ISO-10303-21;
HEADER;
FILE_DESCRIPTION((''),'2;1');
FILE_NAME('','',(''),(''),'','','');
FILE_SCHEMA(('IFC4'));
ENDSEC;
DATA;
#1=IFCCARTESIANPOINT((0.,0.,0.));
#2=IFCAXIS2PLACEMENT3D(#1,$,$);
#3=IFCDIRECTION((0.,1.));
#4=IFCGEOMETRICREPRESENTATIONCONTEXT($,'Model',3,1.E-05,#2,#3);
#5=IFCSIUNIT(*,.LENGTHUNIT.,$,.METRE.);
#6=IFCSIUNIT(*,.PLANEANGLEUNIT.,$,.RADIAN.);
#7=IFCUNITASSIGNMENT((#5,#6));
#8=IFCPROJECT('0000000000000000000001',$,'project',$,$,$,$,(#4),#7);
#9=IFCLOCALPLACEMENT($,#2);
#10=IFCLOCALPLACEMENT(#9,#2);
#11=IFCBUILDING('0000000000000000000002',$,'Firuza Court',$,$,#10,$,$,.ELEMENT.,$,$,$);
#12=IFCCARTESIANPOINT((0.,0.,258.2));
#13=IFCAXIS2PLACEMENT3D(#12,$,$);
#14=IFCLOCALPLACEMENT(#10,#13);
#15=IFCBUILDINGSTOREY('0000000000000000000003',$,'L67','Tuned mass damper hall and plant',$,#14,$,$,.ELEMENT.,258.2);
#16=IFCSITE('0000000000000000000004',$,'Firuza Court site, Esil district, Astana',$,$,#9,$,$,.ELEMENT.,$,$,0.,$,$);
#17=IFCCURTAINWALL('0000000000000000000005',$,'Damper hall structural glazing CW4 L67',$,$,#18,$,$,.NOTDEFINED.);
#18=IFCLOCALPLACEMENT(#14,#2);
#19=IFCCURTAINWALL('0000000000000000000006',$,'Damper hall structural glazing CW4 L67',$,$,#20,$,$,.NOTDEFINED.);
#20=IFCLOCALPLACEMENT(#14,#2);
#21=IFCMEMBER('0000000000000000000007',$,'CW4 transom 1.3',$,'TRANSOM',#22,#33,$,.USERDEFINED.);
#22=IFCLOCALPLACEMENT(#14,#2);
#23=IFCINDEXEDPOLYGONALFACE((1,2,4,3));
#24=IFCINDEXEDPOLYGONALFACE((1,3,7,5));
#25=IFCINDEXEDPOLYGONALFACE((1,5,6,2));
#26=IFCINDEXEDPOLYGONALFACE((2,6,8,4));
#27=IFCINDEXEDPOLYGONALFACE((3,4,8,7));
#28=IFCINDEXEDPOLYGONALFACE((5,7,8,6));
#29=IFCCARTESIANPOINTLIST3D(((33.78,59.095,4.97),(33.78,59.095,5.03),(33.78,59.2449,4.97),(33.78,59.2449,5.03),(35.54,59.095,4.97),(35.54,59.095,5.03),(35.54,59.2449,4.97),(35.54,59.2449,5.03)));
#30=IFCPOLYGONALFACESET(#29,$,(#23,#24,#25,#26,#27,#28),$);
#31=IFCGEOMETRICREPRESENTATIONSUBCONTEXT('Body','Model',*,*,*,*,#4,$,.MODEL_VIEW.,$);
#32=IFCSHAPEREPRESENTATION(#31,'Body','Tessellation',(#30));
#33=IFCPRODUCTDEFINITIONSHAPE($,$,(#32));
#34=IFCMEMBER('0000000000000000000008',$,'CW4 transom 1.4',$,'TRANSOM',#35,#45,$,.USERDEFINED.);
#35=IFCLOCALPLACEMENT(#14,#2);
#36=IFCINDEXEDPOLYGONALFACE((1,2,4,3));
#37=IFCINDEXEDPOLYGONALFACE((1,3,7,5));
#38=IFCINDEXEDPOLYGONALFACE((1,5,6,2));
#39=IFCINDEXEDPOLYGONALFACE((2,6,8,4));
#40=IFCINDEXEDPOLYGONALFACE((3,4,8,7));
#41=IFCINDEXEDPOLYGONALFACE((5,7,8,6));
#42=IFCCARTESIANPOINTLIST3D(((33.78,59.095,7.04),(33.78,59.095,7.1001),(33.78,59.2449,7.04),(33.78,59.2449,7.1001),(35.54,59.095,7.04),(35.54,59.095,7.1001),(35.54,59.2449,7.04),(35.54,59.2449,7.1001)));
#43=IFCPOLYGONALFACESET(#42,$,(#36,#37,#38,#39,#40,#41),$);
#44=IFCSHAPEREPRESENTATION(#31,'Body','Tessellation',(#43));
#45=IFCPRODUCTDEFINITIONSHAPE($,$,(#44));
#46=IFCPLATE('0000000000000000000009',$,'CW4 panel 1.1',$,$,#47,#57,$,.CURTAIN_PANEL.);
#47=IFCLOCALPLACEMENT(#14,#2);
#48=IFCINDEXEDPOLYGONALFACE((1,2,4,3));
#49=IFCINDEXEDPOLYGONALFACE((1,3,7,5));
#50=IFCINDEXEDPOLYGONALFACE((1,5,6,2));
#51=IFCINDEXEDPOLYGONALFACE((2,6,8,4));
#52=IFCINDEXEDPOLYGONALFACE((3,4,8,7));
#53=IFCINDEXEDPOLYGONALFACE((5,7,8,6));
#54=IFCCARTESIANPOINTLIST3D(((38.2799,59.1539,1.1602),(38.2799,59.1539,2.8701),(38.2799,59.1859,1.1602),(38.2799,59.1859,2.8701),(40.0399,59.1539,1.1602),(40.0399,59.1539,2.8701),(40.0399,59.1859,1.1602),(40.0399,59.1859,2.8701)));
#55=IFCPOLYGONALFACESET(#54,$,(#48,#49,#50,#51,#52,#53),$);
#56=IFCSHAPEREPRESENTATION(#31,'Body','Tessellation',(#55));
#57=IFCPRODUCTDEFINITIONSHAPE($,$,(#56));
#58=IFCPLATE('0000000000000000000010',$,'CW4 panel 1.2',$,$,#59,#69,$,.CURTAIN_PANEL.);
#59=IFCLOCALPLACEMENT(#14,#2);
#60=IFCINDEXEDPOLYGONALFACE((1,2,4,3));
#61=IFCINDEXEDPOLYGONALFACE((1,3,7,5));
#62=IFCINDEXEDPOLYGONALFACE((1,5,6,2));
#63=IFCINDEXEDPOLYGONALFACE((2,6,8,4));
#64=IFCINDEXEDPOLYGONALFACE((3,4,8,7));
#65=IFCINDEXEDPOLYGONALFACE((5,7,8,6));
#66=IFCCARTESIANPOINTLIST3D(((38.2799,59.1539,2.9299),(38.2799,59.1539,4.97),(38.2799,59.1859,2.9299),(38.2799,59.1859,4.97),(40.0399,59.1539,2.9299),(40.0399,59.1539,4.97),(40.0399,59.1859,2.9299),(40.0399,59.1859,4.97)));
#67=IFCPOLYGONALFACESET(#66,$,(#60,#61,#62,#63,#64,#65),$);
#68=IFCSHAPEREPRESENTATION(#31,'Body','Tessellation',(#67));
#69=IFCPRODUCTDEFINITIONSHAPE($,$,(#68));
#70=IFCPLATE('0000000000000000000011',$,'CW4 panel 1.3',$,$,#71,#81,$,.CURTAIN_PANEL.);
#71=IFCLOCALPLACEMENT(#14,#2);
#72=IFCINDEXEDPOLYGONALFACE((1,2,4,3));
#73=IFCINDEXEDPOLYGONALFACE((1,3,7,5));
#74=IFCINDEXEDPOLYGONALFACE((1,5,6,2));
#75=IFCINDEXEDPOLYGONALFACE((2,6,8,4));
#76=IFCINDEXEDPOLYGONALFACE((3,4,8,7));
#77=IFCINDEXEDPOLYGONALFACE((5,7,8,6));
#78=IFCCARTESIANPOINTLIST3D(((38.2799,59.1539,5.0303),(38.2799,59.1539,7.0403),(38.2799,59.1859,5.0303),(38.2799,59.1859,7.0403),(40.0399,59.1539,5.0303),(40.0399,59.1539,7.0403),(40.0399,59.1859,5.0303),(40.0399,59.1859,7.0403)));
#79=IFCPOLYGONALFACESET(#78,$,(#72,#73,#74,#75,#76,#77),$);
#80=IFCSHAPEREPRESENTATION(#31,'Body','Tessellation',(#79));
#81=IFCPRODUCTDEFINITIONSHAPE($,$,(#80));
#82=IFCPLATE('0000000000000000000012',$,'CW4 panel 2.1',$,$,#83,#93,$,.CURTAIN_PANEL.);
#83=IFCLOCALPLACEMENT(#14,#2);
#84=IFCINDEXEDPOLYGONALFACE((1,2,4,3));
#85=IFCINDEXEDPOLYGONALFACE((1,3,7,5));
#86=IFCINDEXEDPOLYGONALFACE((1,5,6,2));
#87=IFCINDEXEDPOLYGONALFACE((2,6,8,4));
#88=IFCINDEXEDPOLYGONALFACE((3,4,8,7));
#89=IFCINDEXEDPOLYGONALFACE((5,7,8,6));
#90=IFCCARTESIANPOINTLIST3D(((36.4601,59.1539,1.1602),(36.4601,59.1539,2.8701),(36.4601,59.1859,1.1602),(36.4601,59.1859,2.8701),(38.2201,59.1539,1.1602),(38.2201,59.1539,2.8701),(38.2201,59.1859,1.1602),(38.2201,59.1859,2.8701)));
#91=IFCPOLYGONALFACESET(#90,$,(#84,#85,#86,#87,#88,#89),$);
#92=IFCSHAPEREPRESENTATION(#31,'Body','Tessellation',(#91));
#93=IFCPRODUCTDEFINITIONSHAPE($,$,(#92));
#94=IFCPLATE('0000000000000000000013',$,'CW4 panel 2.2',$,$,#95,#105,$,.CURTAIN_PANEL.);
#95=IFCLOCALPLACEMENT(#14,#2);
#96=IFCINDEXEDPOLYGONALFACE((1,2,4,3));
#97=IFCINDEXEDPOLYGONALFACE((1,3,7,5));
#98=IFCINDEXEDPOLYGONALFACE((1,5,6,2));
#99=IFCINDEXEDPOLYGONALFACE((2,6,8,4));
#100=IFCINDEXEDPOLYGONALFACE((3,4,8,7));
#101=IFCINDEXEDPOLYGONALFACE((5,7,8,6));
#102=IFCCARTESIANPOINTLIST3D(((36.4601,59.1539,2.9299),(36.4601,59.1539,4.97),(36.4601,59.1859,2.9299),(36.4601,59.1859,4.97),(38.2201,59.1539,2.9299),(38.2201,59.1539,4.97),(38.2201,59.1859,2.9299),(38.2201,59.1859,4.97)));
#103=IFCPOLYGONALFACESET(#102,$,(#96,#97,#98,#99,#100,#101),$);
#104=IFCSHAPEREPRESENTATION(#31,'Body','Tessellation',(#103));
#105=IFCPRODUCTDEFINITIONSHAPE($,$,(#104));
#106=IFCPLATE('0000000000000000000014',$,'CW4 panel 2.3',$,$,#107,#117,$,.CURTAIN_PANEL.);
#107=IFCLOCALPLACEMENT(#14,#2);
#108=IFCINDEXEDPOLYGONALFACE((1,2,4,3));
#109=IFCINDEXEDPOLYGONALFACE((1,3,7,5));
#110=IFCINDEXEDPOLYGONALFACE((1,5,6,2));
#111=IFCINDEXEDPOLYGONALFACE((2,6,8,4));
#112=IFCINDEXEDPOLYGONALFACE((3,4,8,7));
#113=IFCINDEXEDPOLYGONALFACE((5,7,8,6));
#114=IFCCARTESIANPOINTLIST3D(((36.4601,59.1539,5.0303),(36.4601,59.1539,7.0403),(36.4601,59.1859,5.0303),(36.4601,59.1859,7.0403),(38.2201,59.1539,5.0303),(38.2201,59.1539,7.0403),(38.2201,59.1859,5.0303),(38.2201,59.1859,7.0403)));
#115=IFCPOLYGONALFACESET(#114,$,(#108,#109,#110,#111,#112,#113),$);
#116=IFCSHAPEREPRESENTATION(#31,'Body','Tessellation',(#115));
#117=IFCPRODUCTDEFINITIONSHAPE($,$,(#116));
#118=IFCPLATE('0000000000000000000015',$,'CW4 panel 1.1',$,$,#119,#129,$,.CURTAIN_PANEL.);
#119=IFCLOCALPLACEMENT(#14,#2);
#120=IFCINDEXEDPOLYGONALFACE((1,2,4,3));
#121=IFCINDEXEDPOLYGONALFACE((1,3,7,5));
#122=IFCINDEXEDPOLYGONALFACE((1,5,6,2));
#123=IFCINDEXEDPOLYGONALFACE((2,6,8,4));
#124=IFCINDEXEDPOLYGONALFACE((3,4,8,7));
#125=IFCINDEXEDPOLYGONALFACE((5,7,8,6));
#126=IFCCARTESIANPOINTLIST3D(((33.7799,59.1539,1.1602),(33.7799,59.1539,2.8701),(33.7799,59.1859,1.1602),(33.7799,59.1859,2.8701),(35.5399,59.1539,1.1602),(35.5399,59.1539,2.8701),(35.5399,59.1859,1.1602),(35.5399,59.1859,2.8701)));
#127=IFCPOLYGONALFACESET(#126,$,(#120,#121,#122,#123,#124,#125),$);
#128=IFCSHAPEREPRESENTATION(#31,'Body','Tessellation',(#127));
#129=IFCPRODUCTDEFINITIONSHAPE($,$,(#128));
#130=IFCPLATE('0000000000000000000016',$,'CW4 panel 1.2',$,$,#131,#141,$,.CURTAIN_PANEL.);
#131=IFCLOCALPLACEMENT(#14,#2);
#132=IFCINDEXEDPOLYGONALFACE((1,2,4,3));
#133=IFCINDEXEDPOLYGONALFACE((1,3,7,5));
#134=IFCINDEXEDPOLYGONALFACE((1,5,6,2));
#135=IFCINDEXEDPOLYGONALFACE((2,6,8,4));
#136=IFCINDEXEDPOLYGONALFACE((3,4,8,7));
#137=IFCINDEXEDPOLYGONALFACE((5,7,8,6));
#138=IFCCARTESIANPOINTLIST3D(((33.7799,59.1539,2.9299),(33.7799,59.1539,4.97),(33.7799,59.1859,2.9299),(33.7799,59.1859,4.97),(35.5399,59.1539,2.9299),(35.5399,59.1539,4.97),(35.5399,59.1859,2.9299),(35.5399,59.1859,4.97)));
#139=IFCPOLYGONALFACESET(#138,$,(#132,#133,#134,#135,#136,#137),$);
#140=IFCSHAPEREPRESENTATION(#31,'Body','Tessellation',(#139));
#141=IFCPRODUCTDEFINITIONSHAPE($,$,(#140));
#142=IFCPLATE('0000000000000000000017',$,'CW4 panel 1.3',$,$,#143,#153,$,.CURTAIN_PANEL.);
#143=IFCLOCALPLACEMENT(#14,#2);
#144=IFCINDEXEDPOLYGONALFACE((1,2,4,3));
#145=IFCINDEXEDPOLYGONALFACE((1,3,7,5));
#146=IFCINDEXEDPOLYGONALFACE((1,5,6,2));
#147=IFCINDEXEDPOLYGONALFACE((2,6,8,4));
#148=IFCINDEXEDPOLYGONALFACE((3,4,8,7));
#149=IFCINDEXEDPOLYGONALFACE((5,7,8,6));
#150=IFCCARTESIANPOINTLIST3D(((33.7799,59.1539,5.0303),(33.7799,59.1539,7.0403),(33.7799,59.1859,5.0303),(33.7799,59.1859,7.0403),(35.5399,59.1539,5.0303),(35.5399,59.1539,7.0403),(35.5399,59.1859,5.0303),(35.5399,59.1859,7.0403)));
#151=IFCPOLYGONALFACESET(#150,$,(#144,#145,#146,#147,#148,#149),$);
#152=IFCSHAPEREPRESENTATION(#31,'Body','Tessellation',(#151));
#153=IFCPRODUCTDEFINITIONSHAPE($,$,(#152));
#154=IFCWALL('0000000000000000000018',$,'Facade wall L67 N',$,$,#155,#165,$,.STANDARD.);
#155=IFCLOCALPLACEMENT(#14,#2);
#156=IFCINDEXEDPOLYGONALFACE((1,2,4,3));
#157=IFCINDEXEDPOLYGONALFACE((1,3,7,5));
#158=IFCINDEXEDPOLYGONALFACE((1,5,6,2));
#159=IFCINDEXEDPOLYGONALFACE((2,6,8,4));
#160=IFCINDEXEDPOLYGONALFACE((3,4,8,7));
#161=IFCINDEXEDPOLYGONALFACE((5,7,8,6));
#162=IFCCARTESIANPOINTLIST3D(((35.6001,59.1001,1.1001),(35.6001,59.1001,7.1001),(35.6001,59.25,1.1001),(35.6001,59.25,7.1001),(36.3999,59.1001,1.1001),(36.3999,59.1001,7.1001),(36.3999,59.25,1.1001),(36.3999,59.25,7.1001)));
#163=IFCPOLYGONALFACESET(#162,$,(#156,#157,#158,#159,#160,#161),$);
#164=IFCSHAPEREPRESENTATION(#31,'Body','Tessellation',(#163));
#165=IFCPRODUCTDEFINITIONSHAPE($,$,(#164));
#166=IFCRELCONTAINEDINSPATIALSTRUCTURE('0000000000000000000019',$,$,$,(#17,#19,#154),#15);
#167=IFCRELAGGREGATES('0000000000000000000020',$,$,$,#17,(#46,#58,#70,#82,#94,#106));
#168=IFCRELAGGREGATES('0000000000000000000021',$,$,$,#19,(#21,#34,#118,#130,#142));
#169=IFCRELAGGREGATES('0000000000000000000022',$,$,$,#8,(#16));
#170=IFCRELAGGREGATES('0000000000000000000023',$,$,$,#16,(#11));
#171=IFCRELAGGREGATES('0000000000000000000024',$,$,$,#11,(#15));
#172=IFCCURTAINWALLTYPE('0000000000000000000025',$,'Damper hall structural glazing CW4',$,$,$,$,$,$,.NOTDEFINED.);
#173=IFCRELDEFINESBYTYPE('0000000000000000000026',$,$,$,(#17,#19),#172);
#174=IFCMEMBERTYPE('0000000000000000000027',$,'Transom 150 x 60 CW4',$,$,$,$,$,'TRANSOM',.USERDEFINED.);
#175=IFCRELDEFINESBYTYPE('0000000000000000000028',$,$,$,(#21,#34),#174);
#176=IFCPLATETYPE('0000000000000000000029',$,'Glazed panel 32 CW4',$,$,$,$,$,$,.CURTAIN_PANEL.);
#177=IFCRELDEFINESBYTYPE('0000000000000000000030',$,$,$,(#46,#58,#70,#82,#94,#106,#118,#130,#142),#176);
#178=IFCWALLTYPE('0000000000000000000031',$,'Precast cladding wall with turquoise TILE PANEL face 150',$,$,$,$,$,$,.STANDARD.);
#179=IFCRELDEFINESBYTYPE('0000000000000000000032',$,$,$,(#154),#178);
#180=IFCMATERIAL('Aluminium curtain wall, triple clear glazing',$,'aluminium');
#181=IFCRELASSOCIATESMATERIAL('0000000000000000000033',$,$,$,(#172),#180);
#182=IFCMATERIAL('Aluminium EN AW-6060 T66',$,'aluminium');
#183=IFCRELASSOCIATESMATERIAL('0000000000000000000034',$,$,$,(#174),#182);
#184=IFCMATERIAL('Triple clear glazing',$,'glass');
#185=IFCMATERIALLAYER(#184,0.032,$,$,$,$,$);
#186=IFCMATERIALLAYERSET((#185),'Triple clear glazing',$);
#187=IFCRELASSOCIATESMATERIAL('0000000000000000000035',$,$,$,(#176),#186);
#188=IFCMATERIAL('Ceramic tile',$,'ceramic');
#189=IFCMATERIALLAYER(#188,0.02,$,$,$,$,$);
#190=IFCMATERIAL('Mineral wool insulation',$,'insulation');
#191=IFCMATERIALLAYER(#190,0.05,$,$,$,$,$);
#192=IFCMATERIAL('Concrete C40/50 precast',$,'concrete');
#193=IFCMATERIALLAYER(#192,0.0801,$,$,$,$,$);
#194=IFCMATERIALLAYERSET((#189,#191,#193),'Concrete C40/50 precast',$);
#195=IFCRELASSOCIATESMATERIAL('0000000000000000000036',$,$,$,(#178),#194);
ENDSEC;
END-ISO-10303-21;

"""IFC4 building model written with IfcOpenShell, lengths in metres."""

from ifc_helpers import new_model, si_unit, direction, frame, frame_2d, origin, origin_2d, place, context, subcontext, project, spatial, rectangle, extrude, material, layer, layer_set, material_profile, profile_set, type_object, element, aggregate, save


model = new_model("IFC4")

# Units and contexts
model_context = context("Model", 3, precision=1e-05, world=origin(), true_north=direction((0.0, 1.0)))
body_context = subcontext(model_context, "Body", "Model", "MODEL_VIEW")
ifc_project = project(units=[si_unit("LENGTHUNIT", "METRE"), si_unit("PLANEANGLEUNIT", "RADIAN")], contexts=[model_context])

# Site, building, storey
site_placement = place(None, origin())
site = spatial("IfcSite", under=ifc_project, at=site_placement, Name="Firuza Court site, Esil district, Astana", CompositionType="ELEMENT", RefElevation=0.0)
building_placement = place(site_placement, origin())
building = spatial("IfcBuilding", under=site, at=building_placement, Name="Firuza Court", CompositionType="ELEMENT")
storey_placement = place(building_placement, frame((0.0, 0.0, 258.2)))
storey = spatial("IfcBuildingStorey", under=building, at=storey_placement, Name="L67", Description="Tuned mass damper hall and plant", CompositionType="ELEMENT", Elevation=258.2)

# Curtain walls
ifc_material_1 = material(Name="Aluminium curtain wall, triple clear glazing", Category="aluminium")
curtain_wall_type = type_object("IfcCurtainWallType", Name="Damper hall structural glazing CW4", PredefinedType="NOTDEFINED", material=ifc_material_1)
curtain_wall_1_placement = place(storey_placement, origin())
curtain_wall_1 = element("IfcCurtainWall", 1, at=curtain_wall_1_placement, inside=storey, type_object=curtain_wall_type, Name="Damper hall structural glazing CW4 L67", PredefinedType="NOTDEFINED")
curtain_wall_2_placement = place(storey_placement, origin())
curtain_wall_2 = element("IfcCurtainWall", 2, at=curtain_wall_2_placement, inside=storey, type_object=curtain_wall_type, Name="Damper hall structural glazing CW4 L67", PredefinedType="NOTDEFINED")

# Members
ifc_material_2 = material(Name="Aluminium EN AW-6060 T66", Category="aluminium")
ifc_material_profile_1 = material_profile(ifc_material_2, rectangle(XDim=0.1499, YDim=0.0601, at=origin_2d()), Name="Transom 150 x 60 CW4")
ifc_profile_set_1 = profile_set([ifc_material_profile_1], Name="Aluminium EN AW-6060 T66")
member_type_1 = type_object("IfcMemberType", Name="Transom 150 x 60 CW4", ElementType="TRANSOM", PredefinedType="USERDEFINED", material=ifc_profile_set_1)
member_1_placement = place(storey_placement, frame((35.54, 59.1699, 5.0), z_axis=(-1.0, 0.0, 0.0), x_axis=(0.0, -1.0, 0.0)))
member_1 = element("IfcMember", 3, at=member_1_placement, type_object=member_type_1, Name="CW4 transom 1.3", ObjectType="TRANSOM", PredefinedType="USERDEFINED", context=body_context, shape_type="SweptSolid", body=[
    extrude(rectangle(XDim=0.1499, YDim=0.0601, at=origin_2d()), origin(), (0.0, 0.0, 1.0), 1.76),
])
member_2_placement = place(storey_placement, frame((35.54, 59.1699, 7.0701), z_axis=(-1.0, 0.0, 0.0), x_axis=(0.0, -1.0, 0.0)))
member_2 = element("IfcMember", 4, at=member_2_placement, type_object=member_type_1, Name="CW4 transom 1.4", ObjectType="TRANSOM", PredefinedType="USERDEFINED", context=body_context, shape_type="SweptSolid", body=[
    extrude(rectangle(XDim=0.1499, YDim=0.0601, at=origin_2d()), origin(), (0.0, 0.0, 1.0), 1.76),
])

# Plates
ifc_material_3 = material(Name="Triple clear glazing", Category="glass")
ifc_layer_1 = layer(ifc_material_3, 0.032)
ifc_layer_set_1 = layer_set([ifc_layer_1], Name="Triple clear glazing")
plate_type = type_object("IfcPlateType", Name="Glazed panel 32 CW4", PredefinedType="CURTAIN_PANEL", material=ifc_layer_set_1)
plate_1_placement = place(storey_placement, frame((39.1599, 59.1699, 1.1602), z_axis=(0.0, 0.0, 1.0), x_axis=(-1.0, 0.0, 0.0)))
plate_1 = element("IfcPlate", 5, at=plate_1_placement, type_object=plate_type, Name="CW4 panel 1.1", PredefinedType="CURTAIN_PANEL", context=body_context, shape_type="SweptSolid", body=[
    extrude(rectangle(XDim=1.76, YDim=0.032, at=origin_2d()), origin(), (0.0, 0.0, 1.0), 1.71),
])
plate_2_placement = place(storey_placement, frame((39.1599, 59.1699, 2.9299), z_axis=(0.0, 0.0, 1.0), x_axis=(-1.0, 0.0, 0.0)))
plate_2 = element("IfcPlate", 6, at=plate_2_placement, type_object=plate_type, Name="CW4 panel 1.2", PredefinedType="CURTAIN_PANEL", context=body_context, shape_type="SweptSolid", body=[
    extrude(rectangle(XDim=1.76, YDim=0.032, at=origin_2d()), origin(), (0.0, 0.0, 1.0), 2.04),
])
plate_3_placement = place(storey_placement, frame((39.1599, 59.1699, 5.0303), z_axis=(0.0, 0.0, 1.0), x_axis=(-1.0, 0.0, 0.0)))
plate_3 = element("IfcPlate", 7, at=plate_3_placement, type_object=plate_type, Name="CW4 panel 1.3", PredefinedType="CURTAIN_PANEL", context=body_context, shape_type="SweptSolid", body=[
    extrude(rectangle(XDim=1.76, YDim=0.032, at=origin_2d()), origin(), (0.0, 0.0, 1.0), 2.01),
])
plate_4_placement = place(storey_placement, frame((37.3401, 59.1699, 1.1602), z_axis=(0.0, 0.0, 1.0), x_axis=(-1.0, 0.0, 0.0)))
plate_4 = element("IfcPlate", 8, at=plate_4_placement, type_object=plate_type, Name="CW4 panel 2.1", PredefinedType="CURTAIN_PANEL", context=body_context, shape_type="SweptSolid", body=[
    extrude(rectangle(XDim=1.76, YDim=0.032, at=origin_2d()), origin(), (0.0, 0.0, 1.0), 1.71),
])
plate_5_placement = place(storey_placement, frame((37.3401, 59.1699, 2.9299), z_axis=(0.0, 0.0, 1.0), x_axis=(-1.0, 0.0, 0.0)))
plate_5 = element("IfcPlate", 9, at=plate_5_placement, type_object=plate_type, Name="CW4 panel 2.2", PredefinedType="CURTAIN_PANEL", context=body_context, shape_type="SweptSolid", body=[
    extrude(rectangle(XDim=1.76, YDim=0.032, at=origin_2d()), origin(), (0.0, 0.0, 1.0), 2.04),
])
plate_6_placement = place(storey_placement, frame((37.3401, 59.1699, 5.0303), z_axis=(0.0, 0.0, 1.0), x_axis=(-1.0, 0.0, 0.0)))
plate_6 = element("IfcPlate", 10, at=plate_6_placement, type_object=plate_type, Name="CW4 panel 2.3", PredefinedType="CURTAIN_PANEL", context=body_context, shape_type="SweptSolid", body=[
    extrude(rectangle(XDim=1.76, YDim=0.032, at=origin_2d()), origin(), (0.0, 0.0, 1.0), 2.01),
])
aggregate(curtain_wall_1, [plate_1, plate_2, plate_3, plate_4, plate_5, plate_6])
plate_7_placement = place(storey_placement, frame((34.6599, 59.1699, 1.1602), z_axis=(0.0, 0.0, 1.0), x_axis=(-1.0, 0.0, 0.0)))
plate_7 = element("IfcPlate", 11, at=plate_7_placement, type_object=plate_type, Name="CW4 panel 1.1", PredefinedType="CURTAIN_PANEL", context=body_context, shape_type="SweptSolid", body=[
    extrude(rectangle(XDim=1.76, YDim=0.032, at=origin_2d()), origin(), (0.0, 0.0, 1.0), 1.71),
])
plate_8_placement = place(storey_placement, frame((34.6599, 59.1699, 2.9299), z_axis=(0.0, 0.0, 1.0), x_axis=(-1.0, 0.0, 0.0)))
plate_8 = element("IfcPlate", 12, at=plate_8_placement, type_object=plate_type, Name="CW4 panel 1.2", PredefinedType="CURTAIN_PANEL", context=body_context, shape_type="SweptSolid", body=[
    extrude(rectangle(XDim=1.76, YDim=0.032, at=origin_2d()), origin(), (0.0, 0.0, 1.0), 2.04),
])
plate_9_placement = place(storey_placement, frame((34.6599, 59.1699, 5.0303), z_axis=(0.0, 0.0, 1.0), x_axis=(-1.0, 0.0, 0.0)))
plate_9 = element("IfcPlate", 13, at=plate_9_placement, type_object=plate_type, Name="CW4 panel 1.3", PredefinedType="CURTAIN_PANEL", context=body_context, shape_type="SweptSolid", body=[
    extrude(rectangle(XDim=1.76, YDim=0.032, at=origin_2d()), origin(), (0.0, 0.0, 1.0), 2.01),
])
aggregate(curtain_wall_2, [member_1, member_2, plate_7, plate_8, plate_9])

# Wall
ifc_material_4 = material(Name="Ceramic tile", Category="ceramic")
ifc_layer_2 = layer(ifc_material_4, 0.02)
ifc_material_5 = material(Name="Mineral wool insulation", Category="insulation")
ifc_layer_3 = layer(ifc_material_5, 0.05)
ifc_material_6 = material(Name="Concrete C40/50 precast", Category="concrete")
ifc_layer_4 = layer(ifc_material_6, 0.0801)
ifc_layer_set_2 = layer_set([ifc_layer_2, ifc_layer_3, ifc_layer_4], Name="Concrete C40/50 precast")
wall_type = type_object("IfcWallType", Name="Precast cladding wall with turquoise TILE PANEL face 150", PredefinedType="STANDARD", material=ifc_layer_set_2)
wall_placement = place(storey_placement, frame((36.3999, 59.175, 1.1001), z_axis=(0.0, 0.0, 1.0), x_axis=(-1.0, 0.0, 0.0)))
element("IfcWall", 14, at=wall_placement, inside=storey, type_object=wall_type, Name="Facade wall L67 N", PredefinedType="STANDARD", context=body_context, shape_type="SweptSolid", body=[
    extrude(rectangle(XDim=0.7998, YDim=0.1499, at=frame_2d((0.3999, 0.0))), origin(), (0.0, 0.0, 1.0), 6.0),
])

save(model, "model.ifc")
